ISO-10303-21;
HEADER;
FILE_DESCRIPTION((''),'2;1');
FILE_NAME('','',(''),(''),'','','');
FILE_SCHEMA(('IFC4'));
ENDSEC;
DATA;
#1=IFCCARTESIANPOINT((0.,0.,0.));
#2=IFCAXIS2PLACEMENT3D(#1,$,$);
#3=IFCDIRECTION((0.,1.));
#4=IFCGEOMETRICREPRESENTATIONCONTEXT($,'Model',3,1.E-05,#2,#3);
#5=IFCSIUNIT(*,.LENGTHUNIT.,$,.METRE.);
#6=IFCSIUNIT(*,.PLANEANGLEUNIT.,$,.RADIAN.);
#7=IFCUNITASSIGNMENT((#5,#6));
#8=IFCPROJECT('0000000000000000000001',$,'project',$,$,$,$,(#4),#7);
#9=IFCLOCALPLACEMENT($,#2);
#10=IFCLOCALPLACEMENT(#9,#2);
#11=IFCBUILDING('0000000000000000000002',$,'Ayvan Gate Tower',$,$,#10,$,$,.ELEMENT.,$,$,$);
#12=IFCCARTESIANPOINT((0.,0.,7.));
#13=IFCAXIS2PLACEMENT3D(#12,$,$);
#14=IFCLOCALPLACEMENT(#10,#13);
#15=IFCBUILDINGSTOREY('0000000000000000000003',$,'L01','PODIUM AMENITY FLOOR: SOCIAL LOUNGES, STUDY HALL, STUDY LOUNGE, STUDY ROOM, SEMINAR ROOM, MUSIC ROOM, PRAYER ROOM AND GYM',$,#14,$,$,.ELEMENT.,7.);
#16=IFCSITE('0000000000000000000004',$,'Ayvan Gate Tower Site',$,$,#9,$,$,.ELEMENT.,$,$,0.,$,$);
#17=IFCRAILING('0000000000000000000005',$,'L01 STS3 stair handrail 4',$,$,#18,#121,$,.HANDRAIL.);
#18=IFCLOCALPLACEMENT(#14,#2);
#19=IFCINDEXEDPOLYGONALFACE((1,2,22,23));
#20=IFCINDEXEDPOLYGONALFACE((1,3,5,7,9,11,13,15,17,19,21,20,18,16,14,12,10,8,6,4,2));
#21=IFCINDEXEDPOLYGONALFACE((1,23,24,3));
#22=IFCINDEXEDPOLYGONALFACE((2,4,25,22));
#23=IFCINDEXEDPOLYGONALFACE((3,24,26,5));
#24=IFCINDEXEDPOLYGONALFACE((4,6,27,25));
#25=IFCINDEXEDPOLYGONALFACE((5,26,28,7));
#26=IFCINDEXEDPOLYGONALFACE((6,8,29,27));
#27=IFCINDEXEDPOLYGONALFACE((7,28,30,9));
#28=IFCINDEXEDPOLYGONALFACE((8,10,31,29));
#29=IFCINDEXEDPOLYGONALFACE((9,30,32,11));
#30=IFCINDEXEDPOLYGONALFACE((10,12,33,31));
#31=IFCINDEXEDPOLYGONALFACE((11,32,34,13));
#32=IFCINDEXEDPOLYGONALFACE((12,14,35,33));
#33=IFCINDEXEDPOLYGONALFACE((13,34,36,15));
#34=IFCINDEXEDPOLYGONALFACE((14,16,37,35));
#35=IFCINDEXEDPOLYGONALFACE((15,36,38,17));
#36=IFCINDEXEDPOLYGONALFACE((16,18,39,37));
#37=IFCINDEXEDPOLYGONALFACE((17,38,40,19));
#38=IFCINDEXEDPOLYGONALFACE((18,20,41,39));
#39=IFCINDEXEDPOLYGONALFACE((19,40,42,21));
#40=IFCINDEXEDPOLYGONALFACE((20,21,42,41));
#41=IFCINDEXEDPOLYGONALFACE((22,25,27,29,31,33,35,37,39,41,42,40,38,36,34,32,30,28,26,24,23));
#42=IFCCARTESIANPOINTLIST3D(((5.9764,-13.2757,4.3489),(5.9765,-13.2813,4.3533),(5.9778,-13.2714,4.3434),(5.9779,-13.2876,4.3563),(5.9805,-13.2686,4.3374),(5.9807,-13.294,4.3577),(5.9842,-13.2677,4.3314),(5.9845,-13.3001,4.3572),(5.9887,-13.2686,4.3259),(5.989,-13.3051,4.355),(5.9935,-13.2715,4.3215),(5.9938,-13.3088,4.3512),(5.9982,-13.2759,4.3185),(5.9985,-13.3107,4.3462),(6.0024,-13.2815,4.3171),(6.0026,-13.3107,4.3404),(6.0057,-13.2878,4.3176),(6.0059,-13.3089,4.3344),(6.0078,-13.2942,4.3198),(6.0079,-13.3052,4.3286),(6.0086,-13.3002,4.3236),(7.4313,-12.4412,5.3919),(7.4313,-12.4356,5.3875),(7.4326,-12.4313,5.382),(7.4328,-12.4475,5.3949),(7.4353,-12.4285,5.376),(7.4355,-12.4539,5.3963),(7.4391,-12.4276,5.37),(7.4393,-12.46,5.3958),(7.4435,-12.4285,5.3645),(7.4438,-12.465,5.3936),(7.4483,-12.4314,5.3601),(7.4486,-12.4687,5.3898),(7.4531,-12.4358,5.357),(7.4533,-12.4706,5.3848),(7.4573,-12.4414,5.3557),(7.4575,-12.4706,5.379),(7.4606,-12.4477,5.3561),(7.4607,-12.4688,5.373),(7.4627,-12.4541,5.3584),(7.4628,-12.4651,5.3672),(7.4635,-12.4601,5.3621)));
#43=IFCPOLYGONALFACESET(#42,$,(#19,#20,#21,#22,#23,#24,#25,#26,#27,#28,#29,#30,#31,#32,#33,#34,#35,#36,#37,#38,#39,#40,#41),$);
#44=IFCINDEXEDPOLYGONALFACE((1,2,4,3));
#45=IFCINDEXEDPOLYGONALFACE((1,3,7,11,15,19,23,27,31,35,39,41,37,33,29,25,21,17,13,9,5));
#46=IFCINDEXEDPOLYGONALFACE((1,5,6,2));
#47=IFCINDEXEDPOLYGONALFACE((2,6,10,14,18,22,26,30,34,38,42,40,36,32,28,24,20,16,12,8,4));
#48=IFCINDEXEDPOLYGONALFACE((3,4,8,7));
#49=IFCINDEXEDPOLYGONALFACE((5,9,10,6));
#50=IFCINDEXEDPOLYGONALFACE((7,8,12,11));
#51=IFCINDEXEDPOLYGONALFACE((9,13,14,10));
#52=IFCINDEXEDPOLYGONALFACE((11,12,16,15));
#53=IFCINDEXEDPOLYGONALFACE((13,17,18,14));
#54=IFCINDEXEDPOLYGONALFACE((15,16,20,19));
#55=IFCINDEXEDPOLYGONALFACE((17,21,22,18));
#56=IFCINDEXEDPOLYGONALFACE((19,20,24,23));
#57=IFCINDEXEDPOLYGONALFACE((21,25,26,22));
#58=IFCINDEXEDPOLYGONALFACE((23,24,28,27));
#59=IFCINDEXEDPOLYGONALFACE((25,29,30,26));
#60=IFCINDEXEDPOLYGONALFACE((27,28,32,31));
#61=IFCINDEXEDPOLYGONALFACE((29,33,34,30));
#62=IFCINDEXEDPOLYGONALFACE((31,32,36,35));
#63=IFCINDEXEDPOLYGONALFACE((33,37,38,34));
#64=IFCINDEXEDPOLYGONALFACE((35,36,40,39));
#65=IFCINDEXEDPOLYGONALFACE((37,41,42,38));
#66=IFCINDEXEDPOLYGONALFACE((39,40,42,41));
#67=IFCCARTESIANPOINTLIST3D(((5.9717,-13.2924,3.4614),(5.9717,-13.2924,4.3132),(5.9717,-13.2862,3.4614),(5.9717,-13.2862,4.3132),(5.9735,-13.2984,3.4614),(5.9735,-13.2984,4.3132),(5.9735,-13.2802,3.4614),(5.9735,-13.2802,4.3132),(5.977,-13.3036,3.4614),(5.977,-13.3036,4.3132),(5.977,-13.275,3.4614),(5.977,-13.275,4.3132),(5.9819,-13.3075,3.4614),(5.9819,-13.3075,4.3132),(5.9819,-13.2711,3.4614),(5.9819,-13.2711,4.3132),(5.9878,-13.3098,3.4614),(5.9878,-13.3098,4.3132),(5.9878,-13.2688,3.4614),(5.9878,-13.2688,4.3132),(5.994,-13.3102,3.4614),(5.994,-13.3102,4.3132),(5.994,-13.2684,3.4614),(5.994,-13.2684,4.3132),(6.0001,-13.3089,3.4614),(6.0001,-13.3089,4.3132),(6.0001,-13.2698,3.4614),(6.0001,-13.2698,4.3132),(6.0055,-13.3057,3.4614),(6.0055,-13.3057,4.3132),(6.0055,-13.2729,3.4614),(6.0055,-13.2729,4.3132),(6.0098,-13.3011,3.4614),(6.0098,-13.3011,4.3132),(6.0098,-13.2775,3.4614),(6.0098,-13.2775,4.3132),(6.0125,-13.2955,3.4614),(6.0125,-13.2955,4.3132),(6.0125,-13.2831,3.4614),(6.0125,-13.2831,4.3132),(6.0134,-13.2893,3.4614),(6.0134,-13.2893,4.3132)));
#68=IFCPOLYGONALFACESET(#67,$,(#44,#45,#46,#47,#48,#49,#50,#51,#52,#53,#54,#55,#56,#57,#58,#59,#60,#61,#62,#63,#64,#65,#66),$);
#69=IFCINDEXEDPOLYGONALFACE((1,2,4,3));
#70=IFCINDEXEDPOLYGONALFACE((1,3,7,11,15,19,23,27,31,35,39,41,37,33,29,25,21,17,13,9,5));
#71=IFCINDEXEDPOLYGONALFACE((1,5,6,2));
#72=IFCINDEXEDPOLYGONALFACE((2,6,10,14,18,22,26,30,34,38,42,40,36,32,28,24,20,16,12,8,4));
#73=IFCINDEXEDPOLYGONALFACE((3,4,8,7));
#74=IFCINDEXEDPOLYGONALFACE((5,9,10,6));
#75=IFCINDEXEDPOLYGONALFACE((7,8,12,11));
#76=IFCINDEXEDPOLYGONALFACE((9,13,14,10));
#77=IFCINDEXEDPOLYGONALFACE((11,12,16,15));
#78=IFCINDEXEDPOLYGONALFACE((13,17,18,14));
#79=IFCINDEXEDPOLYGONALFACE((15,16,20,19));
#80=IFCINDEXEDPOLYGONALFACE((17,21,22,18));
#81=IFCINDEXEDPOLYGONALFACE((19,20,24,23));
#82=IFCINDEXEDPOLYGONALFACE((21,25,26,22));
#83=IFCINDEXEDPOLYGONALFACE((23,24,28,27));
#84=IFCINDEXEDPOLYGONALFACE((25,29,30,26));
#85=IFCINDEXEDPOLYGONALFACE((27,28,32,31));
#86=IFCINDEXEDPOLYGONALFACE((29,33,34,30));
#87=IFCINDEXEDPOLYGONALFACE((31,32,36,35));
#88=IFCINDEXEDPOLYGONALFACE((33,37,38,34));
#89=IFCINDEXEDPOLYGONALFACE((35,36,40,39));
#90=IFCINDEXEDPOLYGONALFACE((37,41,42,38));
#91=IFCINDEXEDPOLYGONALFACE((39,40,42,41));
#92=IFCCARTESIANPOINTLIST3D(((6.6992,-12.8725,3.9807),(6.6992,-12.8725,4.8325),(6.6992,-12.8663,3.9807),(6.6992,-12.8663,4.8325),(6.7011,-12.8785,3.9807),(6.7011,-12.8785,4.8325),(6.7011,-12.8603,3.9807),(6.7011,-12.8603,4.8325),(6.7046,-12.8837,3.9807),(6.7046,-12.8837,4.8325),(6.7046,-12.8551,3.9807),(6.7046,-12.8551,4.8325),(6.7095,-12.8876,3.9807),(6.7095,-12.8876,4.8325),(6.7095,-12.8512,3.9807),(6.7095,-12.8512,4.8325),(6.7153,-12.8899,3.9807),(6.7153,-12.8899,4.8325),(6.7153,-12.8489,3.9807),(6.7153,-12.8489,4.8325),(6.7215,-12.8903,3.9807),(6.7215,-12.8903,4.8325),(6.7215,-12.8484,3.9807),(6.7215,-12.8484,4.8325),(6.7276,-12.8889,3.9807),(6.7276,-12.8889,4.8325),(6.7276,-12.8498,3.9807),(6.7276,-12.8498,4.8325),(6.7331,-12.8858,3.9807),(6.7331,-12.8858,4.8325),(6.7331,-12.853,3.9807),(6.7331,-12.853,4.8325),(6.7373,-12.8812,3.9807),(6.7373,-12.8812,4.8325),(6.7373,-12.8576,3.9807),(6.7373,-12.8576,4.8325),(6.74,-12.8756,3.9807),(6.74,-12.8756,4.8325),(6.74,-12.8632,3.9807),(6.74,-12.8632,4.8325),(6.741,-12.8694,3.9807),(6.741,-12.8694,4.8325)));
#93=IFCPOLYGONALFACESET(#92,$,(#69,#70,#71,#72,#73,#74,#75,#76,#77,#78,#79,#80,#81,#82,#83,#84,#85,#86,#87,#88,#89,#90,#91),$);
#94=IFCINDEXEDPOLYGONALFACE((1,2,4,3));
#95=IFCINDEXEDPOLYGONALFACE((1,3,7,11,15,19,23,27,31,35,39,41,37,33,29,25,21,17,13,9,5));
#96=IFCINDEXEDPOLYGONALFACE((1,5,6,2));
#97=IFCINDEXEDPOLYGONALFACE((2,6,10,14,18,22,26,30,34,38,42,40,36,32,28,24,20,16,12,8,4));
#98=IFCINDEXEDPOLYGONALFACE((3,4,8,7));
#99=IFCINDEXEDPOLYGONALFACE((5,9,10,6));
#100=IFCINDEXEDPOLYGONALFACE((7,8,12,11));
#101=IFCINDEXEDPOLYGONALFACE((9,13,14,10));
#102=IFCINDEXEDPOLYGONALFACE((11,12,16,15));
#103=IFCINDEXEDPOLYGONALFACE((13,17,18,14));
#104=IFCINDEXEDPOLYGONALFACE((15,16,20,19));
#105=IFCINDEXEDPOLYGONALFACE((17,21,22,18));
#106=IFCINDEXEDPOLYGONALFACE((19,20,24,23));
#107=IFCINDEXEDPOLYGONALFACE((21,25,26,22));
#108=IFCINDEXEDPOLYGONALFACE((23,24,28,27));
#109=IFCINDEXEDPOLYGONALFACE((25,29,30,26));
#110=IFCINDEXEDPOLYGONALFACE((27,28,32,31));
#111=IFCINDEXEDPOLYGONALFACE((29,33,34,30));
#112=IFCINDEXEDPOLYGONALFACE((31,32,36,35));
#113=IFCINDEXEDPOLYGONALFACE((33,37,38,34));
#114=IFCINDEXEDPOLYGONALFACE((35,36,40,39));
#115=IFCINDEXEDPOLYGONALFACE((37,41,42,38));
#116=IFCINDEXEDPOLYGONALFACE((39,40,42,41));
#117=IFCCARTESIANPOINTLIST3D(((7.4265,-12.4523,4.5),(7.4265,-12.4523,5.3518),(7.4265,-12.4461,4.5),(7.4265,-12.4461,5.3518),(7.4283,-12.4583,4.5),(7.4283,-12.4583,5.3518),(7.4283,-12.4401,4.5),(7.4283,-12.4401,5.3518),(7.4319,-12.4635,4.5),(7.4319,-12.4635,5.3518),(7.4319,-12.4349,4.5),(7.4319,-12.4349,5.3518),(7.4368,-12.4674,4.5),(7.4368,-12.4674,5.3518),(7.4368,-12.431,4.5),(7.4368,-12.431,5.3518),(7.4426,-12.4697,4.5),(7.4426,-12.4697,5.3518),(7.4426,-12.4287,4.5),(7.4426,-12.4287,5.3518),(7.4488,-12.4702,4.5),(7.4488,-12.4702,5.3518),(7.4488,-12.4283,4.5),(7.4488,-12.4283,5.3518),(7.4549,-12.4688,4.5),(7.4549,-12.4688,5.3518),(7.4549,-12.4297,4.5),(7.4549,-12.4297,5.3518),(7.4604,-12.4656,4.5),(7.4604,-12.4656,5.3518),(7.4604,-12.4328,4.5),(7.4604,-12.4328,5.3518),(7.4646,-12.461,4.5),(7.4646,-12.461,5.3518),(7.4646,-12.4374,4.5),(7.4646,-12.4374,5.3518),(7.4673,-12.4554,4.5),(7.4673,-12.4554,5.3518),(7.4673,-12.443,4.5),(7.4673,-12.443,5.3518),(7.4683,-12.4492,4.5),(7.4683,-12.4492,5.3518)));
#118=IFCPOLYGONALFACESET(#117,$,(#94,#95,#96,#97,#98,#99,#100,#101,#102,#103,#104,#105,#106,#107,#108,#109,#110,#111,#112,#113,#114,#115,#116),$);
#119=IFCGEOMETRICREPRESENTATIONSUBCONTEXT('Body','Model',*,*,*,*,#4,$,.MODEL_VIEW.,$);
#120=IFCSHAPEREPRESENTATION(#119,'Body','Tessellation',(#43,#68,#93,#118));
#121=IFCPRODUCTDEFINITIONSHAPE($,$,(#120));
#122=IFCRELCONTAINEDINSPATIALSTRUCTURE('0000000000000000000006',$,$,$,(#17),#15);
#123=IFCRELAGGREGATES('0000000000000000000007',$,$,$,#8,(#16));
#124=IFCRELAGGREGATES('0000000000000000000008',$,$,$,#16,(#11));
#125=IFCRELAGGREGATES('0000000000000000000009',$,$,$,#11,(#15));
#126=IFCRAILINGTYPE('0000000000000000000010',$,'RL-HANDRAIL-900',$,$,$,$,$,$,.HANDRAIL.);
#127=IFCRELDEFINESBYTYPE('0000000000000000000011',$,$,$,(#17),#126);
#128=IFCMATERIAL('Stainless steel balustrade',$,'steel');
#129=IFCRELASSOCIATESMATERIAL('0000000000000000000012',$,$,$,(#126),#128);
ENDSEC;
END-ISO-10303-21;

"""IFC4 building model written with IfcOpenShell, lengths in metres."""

from ifc_helpers import new_model, si_unit, direction, frame, origin, origin_2d, place, context, subcontext, project, spatial, circle, extrude, material, type_object, element, save


model = new_model("IFC4")

# Units and contexts
model_context = context("Model", 3, precision=1e-05, world=origin(), true_north=direction((0.0, 1.0)))
body_context = subcontext(model_context, "Body", "Model", "MODEL_VIEW")
ifc_project = project(units=[si_unit("LENGTHUNIT", "METRE"), si_unit("PLANEANGLEUNIT", "RADIAN")], contexts=[model_context])

# Site, building, storey
site_placement = place(None, origin())
site = spatial("IfcSite", under=ifc_project, at=site_placement, Name="Ayvan Gate Tower Site", CompositionType="ELEMENT", RefElevation=0.0)
building_placement = place(site_placement, origin())
building = spatial("IfcBuilding", under=site, at=building_placement, Name="Ayvan Gate Tower", CompositionType="ELEMENT")
storey_placement = place(building_placement, frame((0.0, 0.0, 7.0)))
storey = spatial("IfcBuildingStorey", under=building, at=storey_placement, Name="L01", Description="PODIUM AMENITY FLOOR: SOCIAL LOUNGES, STUDY HALL, STUDY LOUNGE, STUDY ROOM, SEMINAR ROOM, MUSIC ROOM, PRAYER ROOM AND GYM", CompositionType="ELEMENT", Elevation=7.0)

# Railing
ifc_material_1 = material(Name="Stainless steel balustrade", Category="steel")
railing_type_1 = type_object("IfcRailingType", Name="RL-HANDRAIL-900", PredefinedType="HANDRAIL", material=ifc_material_1)
railing_1_placement = place(storey_placement, frame((5.9924, -13.2893, 3.4614)))
element("IfcRailing", 1, at=railing_1_placement, inside=storey, type_object=railing_type_1, Name="L01 STS3 stair handrail 4", PredefinedType="HANDRAIL", context=body_context, shape_type="SweptSolid", body=[
    extrude(circle(Radius=0.0239, at=origin_2d()), frame((0.0, 0.0, 0.876), z_axis=(0.736596, 0.425345, 0.52584), x_axis=(-0.500062, 0.86599, 0.0)), (0.0, 0.0, 1.0), 1.9751),
    extrude(circle(Radius=0.021, at=origin_2d()), origin(), (0.0, 0.0, 1.0), 0.8518),
    extrude(circle(Radius=0.021, at=origin_2d()), frame((0.7275, 0.4199, 0.5193)), (0.0, 0.0, 1.0), 0.8518),
    extrude(circle(Radius=0.021, at=origin_2d()), frame((1.4548, 0.8401, 1.0386)), (0.0, 0.0, 1.0), 0.8518),
])

save(model, "model.ifc")
